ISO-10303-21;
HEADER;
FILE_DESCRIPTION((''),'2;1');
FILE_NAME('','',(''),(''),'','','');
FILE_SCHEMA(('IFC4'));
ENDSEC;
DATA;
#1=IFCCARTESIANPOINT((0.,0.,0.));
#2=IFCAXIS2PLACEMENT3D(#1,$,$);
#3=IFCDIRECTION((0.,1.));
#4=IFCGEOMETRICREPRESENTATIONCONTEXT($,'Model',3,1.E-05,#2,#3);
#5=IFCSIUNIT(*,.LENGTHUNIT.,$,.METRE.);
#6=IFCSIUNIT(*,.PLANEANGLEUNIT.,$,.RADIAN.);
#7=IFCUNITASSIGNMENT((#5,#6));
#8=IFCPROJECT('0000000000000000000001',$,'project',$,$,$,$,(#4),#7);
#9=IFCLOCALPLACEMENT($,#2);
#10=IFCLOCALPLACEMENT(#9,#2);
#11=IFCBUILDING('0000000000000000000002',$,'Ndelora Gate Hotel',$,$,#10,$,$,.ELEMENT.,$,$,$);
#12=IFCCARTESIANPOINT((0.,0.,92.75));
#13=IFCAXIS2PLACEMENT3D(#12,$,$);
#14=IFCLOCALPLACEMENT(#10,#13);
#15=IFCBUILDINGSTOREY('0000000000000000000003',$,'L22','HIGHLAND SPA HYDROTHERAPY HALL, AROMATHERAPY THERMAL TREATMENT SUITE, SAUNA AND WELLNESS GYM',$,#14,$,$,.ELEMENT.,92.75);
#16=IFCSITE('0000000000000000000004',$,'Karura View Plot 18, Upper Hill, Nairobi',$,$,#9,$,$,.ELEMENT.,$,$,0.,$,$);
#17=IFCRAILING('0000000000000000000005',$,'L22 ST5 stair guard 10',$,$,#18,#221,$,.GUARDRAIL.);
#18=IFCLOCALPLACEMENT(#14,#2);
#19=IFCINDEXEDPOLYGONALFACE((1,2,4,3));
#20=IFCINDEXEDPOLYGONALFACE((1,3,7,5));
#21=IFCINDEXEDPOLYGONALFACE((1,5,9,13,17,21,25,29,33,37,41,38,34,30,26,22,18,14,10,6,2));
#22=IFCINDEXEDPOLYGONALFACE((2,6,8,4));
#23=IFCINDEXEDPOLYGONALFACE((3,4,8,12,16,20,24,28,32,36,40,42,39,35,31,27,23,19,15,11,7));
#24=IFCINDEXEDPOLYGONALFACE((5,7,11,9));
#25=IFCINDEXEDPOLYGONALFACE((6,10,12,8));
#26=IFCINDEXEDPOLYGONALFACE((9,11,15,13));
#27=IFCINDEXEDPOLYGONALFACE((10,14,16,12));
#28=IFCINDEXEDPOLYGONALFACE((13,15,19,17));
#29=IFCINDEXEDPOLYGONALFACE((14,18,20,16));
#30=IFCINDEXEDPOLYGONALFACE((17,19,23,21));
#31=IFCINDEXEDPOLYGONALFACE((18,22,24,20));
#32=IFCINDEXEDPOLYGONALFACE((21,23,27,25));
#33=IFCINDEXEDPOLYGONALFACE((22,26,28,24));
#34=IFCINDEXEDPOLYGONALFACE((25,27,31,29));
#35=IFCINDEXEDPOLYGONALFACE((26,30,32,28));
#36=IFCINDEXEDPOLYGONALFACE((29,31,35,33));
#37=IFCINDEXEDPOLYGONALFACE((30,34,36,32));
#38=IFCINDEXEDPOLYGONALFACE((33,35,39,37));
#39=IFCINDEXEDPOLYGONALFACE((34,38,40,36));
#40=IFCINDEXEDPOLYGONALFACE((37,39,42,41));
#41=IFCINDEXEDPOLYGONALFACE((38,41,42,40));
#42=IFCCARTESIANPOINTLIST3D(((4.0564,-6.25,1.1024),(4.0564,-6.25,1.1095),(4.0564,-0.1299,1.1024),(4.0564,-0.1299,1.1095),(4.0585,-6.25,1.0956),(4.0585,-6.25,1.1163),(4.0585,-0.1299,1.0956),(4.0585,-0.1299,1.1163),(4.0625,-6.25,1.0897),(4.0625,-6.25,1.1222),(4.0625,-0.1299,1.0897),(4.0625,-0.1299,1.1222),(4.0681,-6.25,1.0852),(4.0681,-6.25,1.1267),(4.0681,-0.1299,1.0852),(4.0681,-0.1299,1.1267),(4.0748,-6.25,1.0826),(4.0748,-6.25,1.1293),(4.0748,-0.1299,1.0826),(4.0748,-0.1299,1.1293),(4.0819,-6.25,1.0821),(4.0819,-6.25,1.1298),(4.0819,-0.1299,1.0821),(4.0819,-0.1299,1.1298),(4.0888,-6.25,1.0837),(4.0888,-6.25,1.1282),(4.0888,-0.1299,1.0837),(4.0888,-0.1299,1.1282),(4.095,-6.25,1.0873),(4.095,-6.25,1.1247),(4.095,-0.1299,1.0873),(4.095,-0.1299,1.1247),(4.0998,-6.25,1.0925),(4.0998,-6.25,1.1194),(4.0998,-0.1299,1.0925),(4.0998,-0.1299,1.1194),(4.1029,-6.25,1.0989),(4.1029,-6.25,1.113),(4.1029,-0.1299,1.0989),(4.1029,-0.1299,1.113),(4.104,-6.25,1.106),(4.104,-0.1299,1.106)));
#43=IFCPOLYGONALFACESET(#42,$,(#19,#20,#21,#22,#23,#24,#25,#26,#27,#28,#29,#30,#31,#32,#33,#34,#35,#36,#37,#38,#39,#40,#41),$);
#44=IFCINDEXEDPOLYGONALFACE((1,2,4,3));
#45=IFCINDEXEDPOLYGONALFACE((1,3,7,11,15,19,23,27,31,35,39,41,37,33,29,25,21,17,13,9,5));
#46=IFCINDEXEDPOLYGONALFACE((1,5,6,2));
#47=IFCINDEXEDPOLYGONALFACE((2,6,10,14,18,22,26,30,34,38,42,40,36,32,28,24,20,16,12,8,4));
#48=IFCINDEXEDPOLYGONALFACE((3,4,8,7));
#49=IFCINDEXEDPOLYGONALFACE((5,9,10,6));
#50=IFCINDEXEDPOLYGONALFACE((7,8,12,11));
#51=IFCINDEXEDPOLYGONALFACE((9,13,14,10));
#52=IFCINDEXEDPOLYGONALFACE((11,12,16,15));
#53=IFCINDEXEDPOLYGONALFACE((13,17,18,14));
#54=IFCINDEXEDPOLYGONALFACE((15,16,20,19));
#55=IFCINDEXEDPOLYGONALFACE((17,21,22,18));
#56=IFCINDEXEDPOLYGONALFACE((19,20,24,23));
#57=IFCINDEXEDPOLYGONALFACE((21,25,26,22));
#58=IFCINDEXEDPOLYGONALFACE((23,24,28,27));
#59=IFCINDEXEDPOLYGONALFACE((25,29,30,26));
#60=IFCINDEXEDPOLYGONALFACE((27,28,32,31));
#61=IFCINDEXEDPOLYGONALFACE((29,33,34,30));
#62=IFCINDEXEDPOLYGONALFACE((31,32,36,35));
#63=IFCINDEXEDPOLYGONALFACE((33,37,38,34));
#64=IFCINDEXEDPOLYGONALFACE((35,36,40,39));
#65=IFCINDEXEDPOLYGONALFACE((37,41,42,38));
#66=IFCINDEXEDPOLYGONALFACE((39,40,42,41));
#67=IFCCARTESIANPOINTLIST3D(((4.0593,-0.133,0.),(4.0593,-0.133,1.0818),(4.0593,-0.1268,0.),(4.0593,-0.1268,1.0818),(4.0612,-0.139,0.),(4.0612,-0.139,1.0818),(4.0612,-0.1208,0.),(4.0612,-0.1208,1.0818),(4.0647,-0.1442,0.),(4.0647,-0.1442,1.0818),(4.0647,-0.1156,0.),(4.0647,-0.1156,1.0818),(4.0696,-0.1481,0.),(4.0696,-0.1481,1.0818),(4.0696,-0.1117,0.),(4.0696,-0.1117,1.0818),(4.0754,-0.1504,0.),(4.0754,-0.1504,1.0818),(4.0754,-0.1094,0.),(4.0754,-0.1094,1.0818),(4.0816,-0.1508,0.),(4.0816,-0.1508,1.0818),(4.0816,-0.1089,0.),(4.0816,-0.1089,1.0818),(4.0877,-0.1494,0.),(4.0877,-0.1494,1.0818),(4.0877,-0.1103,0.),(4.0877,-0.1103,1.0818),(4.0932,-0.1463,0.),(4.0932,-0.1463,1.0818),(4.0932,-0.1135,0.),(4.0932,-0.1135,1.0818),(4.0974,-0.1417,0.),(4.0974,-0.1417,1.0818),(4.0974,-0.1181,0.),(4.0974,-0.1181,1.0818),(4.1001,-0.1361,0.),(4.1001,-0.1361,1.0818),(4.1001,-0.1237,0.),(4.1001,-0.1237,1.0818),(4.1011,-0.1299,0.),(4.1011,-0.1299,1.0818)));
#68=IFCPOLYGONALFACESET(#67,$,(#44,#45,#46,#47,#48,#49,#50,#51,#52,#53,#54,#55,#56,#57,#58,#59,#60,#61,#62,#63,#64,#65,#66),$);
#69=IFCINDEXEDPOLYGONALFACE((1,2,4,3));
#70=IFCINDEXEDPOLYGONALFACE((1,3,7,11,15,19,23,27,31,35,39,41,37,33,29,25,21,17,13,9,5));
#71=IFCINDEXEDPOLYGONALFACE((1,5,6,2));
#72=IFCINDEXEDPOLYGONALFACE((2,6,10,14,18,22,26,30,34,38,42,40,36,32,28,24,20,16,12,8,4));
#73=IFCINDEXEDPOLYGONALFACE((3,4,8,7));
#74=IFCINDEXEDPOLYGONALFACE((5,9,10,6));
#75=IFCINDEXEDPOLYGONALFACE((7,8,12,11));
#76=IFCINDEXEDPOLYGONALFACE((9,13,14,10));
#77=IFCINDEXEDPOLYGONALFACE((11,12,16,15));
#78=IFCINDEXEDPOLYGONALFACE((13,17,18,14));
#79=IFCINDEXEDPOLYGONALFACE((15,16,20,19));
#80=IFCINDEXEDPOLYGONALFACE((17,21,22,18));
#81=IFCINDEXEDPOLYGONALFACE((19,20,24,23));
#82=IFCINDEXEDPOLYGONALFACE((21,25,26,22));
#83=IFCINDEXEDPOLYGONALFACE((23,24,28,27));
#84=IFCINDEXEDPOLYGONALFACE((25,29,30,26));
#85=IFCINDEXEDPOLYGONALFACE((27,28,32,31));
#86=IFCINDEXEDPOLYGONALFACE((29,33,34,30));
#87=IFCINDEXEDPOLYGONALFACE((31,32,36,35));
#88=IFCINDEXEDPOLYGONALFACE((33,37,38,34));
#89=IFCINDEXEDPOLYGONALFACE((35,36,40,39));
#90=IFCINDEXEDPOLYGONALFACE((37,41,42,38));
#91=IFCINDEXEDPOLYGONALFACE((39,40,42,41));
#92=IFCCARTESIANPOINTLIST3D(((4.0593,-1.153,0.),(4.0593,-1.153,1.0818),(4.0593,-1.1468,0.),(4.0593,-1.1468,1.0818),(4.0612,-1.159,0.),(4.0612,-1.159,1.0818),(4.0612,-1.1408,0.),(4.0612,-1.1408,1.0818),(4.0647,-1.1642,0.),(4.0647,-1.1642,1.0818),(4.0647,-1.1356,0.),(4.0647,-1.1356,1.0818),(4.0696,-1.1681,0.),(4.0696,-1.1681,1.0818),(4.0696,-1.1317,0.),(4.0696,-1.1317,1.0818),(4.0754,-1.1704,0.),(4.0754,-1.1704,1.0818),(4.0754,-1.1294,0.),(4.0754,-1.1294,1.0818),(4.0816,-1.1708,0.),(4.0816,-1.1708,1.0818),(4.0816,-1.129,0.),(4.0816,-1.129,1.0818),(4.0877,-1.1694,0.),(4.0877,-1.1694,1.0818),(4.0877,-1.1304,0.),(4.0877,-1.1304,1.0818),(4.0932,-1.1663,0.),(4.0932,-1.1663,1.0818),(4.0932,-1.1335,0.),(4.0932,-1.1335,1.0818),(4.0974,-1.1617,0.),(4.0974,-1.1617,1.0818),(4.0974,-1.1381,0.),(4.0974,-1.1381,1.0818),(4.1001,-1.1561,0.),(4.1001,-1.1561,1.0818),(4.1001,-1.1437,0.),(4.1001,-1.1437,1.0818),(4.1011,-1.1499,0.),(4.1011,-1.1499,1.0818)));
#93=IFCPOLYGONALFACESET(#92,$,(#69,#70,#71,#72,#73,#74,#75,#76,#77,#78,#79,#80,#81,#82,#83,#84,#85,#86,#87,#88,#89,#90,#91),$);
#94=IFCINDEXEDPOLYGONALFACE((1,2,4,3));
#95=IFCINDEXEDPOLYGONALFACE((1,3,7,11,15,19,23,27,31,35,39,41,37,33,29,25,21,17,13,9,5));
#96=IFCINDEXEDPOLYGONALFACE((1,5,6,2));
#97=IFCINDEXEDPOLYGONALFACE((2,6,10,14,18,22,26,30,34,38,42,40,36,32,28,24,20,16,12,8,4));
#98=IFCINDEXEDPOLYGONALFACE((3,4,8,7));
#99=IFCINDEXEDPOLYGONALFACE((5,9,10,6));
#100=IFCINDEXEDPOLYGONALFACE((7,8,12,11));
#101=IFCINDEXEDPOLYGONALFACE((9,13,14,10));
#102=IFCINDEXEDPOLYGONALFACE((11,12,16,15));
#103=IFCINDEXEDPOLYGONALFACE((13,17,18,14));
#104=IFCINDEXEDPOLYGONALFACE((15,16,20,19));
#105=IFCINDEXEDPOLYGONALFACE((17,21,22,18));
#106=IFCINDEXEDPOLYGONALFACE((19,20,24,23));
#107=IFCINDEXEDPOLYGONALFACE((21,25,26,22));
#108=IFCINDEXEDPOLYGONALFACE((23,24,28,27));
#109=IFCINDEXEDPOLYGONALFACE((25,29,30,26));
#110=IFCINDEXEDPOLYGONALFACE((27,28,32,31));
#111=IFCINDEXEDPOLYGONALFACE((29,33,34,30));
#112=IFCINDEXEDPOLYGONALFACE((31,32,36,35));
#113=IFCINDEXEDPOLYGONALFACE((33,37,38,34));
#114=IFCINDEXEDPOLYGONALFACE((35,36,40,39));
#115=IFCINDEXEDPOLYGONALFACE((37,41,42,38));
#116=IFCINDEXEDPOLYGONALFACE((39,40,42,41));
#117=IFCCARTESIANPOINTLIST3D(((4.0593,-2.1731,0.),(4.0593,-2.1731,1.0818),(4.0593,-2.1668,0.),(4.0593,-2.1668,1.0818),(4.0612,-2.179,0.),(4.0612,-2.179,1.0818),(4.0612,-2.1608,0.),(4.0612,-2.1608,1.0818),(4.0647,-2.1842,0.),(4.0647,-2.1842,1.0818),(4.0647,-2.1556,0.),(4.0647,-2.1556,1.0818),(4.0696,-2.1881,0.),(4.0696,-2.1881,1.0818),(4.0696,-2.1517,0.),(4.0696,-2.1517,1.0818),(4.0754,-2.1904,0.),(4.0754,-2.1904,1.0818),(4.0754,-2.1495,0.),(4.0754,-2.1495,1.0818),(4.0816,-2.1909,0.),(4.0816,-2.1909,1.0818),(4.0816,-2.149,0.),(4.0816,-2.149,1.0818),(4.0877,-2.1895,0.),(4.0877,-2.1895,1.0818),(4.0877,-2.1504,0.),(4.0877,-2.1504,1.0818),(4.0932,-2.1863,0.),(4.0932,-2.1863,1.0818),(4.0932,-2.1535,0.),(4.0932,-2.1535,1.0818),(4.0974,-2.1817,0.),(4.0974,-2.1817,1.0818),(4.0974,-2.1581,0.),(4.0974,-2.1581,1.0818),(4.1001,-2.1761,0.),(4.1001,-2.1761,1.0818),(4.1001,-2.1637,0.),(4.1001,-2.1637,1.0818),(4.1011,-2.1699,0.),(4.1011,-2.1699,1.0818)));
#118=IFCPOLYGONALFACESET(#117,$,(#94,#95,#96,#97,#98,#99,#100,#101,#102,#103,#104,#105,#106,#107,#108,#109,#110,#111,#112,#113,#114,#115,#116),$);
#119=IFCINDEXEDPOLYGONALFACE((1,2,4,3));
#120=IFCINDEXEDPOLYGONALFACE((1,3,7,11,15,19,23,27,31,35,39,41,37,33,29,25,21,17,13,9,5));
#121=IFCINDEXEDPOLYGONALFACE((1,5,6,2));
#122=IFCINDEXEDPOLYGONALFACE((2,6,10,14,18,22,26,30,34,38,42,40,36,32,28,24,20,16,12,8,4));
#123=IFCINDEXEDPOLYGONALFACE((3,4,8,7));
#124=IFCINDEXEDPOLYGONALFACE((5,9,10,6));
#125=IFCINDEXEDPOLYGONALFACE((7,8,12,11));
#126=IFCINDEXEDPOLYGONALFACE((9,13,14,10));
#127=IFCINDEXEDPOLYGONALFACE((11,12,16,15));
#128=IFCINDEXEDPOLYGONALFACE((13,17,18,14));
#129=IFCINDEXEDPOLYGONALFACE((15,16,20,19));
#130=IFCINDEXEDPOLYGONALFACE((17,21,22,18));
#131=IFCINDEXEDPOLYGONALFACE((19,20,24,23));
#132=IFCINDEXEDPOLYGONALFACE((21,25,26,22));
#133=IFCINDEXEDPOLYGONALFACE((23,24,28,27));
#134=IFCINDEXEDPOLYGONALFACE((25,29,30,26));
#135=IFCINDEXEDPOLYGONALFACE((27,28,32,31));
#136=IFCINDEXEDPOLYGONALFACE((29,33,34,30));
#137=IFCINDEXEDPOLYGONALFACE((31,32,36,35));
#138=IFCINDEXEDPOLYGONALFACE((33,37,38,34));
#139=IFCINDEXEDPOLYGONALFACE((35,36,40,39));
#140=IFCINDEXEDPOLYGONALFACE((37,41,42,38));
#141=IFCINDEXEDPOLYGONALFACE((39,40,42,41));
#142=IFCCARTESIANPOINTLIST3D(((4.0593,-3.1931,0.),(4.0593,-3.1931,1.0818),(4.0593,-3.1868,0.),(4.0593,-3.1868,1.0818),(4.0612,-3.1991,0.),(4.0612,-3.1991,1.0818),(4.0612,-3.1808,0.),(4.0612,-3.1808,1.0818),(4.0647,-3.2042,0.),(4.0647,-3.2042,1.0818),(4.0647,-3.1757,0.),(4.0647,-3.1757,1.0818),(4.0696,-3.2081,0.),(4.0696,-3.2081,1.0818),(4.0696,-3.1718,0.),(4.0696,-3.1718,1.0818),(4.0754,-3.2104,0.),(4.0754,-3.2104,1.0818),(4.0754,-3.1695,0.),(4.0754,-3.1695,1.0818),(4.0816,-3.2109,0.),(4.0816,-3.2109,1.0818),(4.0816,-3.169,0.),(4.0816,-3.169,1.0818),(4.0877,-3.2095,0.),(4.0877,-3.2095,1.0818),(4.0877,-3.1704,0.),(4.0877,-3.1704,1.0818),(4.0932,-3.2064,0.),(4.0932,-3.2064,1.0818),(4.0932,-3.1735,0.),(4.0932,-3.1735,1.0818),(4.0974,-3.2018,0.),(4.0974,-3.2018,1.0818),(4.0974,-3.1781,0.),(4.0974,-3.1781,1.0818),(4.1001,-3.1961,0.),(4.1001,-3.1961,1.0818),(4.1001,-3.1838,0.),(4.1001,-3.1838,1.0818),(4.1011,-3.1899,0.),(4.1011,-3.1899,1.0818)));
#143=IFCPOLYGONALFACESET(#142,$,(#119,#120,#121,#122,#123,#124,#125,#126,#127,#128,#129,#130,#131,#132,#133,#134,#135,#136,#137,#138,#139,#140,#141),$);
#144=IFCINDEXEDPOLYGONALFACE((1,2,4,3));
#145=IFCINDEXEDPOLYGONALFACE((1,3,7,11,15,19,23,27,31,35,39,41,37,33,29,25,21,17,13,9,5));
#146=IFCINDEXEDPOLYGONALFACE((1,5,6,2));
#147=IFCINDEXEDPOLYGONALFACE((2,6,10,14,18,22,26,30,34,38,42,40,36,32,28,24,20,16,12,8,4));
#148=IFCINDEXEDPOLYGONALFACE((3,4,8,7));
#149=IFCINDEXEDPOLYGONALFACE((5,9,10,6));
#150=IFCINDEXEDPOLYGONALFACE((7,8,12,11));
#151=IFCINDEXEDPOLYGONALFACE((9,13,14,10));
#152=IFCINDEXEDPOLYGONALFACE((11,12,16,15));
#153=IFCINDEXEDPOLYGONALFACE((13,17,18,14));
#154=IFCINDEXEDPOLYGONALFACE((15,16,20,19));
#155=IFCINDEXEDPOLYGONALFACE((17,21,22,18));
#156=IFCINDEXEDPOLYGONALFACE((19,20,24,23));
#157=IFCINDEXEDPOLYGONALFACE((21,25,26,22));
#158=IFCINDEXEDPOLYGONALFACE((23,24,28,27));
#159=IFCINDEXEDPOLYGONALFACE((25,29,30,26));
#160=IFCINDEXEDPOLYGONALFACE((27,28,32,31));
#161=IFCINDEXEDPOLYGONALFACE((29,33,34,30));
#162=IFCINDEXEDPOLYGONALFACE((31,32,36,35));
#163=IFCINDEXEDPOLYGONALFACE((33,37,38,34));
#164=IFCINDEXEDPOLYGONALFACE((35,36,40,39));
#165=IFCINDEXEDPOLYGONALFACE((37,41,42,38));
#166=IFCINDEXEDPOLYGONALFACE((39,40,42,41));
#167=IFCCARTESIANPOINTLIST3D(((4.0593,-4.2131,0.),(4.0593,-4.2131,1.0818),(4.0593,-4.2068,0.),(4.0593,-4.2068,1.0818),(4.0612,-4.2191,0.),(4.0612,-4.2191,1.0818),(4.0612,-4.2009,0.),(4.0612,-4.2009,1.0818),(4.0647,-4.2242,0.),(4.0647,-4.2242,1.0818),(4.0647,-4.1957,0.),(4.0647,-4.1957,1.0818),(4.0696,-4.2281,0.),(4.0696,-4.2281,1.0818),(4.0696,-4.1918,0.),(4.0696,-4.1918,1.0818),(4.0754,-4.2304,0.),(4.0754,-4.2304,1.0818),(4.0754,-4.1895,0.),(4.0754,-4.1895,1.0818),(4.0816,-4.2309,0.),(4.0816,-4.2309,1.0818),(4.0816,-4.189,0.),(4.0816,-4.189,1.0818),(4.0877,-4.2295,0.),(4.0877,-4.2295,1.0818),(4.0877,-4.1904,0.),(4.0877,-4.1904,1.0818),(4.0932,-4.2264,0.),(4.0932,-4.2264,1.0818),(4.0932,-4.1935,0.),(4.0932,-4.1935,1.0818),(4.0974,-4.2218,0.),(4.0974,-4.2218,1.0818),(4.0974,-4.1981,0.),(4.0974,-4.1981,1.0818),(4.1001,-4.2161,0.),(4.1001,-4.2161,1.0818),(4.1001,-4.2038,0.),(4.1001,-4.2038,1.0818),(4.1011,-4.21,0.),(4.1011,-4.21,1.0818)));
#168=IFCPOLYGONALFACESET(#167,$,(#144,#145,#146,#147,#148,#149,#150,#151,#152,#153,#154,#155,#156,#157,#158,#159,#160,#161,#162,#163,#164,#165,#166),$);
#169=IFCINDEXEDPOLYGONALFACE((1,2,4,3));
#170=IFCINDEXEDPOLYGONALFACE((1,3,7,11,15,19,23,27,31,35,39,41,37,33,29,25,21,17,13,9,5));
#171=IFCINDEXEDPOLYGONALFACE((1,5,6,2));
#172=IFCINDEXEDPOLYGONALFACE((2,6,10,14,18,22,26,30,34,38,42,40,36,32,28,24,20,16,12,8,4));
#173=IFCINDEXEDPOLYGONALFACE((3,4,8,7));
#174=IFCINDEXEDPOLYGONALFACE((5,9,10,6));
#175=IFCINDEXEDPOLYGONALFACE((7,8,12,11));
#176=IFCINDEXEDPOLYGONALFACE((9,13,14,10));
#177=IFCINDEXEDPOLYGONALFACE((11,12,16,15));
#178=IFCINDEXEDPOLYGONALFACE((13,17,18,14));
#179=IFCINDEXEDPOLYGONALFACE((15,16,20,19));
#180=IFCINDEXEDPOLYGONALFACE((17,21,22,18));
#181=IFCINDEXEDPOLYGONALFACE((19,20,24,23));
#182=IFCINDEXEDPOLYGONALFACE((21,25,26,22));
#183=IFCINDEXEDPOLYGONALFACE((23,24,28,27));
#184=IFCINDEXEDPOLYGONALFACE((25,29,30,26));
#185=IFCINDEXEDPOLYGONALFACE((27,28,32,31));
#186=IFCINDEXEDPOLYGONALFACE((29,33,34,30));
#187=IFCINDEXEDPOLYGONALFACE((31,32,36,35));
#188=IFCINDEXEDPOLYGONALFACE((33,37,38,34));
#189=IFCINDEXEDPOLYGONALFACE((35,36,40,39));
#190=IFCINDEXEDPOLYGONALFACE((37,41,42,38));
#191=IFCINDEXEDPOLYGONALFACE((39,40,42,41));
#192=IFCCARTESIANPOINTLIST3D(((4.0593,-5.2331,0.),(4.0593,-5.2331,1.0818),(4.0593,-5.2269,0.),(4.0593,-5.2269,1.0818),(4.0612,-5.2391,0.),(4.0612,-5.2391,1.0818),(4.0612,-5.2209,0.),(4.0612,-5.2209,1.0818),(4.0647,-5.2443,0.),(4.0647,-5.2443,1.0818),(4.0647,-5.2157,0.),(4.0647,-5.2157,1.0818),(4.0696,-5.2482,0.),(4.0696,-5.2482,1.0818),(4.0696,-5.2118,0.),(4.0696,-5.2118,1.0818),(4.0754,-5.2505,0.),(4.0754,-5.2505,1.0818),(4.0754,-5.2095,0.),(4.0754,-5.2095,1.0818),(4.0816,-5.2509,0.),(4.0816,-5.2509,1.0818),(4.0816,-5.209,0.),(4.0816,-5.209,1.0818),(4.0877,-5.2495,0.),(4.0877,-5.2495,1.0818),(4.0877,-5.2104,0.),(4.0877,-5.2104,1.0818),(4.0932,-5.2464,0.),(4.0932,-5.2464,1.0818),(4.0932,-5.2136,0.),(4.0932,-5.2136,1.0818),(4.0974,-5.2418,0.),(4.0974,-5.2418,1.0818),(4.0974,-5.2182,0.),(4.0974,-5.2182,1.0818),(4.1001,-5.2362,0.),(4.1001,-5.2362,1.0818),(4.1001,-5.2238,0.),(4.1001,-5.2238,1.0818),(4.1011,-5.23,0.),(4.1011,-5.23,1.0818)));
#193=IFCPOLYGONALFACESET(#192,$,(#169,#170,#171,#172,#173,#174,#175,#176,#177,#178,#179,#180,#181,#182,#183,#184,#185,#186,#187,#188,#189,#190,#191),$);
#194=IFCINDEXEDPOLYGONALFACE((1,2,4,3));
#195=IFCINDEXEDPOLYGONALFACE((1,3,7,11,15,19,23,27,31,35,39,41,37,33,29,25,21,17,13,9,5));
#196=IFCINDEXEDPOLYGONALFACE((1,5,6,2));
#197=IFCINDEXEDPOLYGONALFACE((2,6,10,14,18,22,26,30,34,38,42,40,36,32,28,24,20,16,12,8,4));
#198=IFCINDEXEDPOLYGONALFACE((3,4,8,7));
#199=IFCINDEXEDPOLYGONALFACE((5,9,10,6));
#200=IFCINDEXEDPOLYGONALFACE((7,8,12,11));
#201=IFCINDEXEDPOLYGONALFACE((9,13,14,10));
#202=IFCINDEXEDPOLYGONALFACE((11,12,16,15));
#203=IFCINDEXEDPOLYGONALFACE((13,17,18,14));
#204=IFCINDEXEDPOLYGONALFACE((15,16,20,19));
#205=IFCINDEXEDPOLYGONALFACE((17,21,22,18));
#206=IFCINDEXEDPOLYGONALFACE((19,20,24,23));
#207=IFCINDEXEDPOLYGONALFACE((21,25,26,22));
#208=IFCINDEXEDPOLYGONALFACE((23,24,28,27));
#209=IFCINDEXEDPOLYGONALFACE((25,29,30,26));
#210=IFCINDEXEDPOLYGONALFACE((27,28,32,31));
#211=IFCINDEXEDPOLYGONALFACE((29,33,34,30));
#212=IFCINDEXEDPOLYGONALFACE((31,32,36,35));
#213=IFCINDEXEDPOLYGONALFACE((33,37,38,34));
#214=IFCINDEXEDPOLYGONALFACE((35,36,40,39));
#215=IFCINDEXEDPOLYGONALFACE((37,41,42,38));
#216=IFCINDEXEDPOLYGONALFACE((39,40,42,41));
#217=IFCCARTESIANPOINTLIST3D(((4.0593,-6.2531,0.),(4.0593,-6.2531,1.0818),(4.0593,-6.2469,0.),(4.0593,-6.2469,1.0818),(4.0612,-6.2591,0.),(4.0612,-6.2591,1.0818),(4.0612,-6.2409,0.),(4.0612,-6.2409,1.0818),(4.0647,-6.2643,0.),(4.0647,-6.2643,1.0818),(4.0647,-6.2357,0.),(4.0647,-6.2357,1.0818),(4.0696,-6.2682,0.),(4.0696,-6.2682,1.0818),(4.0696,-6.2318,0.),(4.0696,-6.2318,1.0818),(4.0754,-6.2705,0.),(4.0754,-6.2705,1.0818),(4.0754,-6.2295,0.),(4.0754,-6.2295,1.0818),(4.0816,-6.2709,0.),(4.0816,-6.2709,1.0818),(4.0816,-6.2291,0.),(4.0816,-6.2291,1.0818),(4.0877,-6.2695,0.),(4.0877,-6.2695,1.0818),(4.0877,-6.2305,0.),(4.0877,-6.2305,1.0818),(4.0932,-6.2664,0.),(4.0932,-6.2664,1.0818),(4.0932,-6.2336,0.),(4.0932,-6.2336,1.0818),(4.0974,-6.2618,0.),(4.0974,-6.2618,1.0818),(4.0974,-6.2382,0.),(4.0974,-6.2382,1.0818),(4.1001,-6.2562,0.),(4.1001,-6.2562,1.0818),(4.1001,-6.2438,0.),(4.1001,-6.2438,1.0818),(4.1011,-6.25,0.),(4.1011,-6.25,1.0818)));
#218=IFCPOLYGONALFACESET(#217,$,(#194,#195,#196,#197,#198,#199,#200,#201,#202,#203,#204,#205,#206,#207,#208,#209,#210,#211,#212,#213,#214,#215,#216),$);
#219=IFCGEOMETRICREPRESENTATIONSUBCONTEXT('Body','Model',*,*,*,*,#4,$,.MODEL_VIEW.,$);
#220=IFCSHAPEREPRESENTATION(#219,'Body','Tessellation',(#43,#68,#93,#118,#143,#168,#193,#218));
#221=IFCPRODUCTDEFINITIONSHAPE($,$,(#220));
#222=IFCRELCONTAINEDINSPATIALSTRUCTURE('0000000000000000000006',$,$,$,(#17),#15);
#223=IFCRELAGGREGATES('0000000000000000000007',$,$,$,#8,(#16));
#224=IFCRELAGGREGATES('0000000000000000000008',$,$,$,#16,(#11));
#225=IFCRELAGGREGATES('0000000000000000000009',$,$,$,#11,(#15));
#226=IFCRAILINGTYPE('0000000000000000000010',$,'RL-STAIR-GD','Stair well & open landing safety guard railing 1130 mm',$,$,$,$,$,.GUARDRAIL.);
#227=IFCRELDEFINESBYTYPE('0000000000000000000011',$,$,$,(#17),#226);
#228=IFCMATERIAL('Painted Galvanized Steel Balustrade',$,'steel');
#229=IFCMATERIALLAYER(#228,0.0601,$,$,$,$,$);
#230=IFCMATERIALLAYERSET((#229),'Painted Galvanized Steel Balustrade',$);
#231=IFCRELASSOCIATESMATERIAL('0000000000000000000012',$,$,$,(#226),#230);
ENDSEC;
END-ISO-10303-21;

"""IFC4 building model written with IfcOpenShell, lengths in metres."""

from ifc_helpers import new_model, si_unit, direction, frame, origin, origin_2d, place, context, subcontext, project, spatial, circle, extrude, material, layer, layer_set, type_object, element, save


model = new_model("IFC4")

# Units and contexts
model_context = context("Model", 3, precision=1e-05, world=origin(), true_north=direction((0.0, 1.0)))
body_context = subcontext(model_context, "Body", "Model", "MODEL_VIEW")
ifc_project = project(units=[si_unit("LENGTHUNIT", "METRE"), si_unit("PLANEANGLEUNIT", "RADIAN")], contexts=[model_context])

# Site, building, storey
site_placement = place(None, origin())
site = spatial("IfcSite", under=ifc_project, at=site_placement, Name="Karura View Plot 18, Upper Hill, Nairobi", CompositionType="ELEMENT", RefElevation=0.0)
building_placement = place(site_placement, origin())
building = spatial("IfcBuilding", under=site, at=building_placement, Name="Ndelora Gate Hotel", CompositionType="ELEMENT")
storey_placement = place(building_placement, frame((0.0, 0.0, 92.75)))
storey = spatial("IfcBuildingStorey", under=building, at=storey_placement, Name="L22", Description="HIGHLAND SPA HYDROTHERAPY HALL, AROMATHERAPY THERMAL TREATMENT SUITE, SAUNA AND WELLNESS GYM", CompositionType="ELEMENT", Elevation=92.75)

# Railing
ifc_material_1 = material(Name="Painted Galvanized Steel Balustrade", Category="steel")
ifc_layer_1 = layer(ifc_material_1, 0.0601)
ifc_layer_set_1 = layer_set([ifc_layer_1], Name="Painted Galvanized Steel Balustrade")
railing_type_1 = type_object("IfcRailingType", Name="RL-STAIR-GD", Description="Stair well & open landing safety guard railing 1130 mm", PredefinedType="GUARDRAIL", material=ifc_layer_set_1)
railing_1_placement = place(storey_placement, frame((4.0801, -0.1299, 0.0)))
element("IfcRailing", 1, at=railing_1_placement, inside=storey, type_object=railing_type_1, Name="L22 ST5 stair guard 10", PredefinedType="GUARDRAIL", context=body_context, shape_type="SweptSolid", body=[
    extrude(circle(Radius=0.0239, at=origin_2d()), frame((0.0, 0.0, 1.106), z_axis=(0.0, -1.0, 0.0), x_axis=(1.0, 0.0, 0.0)), (0.0, 0.0, 1.0), 6.1201),
    extrude(circle(Radius=0.021, at=origin_2d()), origin(), (0.0, 0.0, 1.0), 1.0818),
    extrude(circle(Radius=0.021, at=origin_2d()), frame((0.0, -1.02, 0.0)), (0.0, 0.0, 1.0), 1.0818),
    extrude(circle(Radius=0.021, at=origin_2d()), frame((0.0, -2.04, 0.0)), (0.0, 0.0, 1.0), 1.0818),
    extrude(circle(Radius=0.021, at=origin_2d()), frame((0.0, -3.0601, 0.0)), (0.0, 0.0, 1.0), 1.0818),
    extrude(circle(Radius=0.021, at=origin_2d()), frame((0.0, -4.0801, 0.0)), (0.0, 0.0, 1.0), 1.0818),
    extrude(circle(Radius=0.021, at=origin_2d()), frame((0.0, -5.1001, 0.0)), (0.0, 0.0, 1.0), 1.0818),
    extrude(circle(Radius=0.021, at=origin_2d()), frame((0.0, -6.1201, 0.0)), (0.0, 0.0, 1.0), 1.0818),
])

save(model, "model.ifc")
